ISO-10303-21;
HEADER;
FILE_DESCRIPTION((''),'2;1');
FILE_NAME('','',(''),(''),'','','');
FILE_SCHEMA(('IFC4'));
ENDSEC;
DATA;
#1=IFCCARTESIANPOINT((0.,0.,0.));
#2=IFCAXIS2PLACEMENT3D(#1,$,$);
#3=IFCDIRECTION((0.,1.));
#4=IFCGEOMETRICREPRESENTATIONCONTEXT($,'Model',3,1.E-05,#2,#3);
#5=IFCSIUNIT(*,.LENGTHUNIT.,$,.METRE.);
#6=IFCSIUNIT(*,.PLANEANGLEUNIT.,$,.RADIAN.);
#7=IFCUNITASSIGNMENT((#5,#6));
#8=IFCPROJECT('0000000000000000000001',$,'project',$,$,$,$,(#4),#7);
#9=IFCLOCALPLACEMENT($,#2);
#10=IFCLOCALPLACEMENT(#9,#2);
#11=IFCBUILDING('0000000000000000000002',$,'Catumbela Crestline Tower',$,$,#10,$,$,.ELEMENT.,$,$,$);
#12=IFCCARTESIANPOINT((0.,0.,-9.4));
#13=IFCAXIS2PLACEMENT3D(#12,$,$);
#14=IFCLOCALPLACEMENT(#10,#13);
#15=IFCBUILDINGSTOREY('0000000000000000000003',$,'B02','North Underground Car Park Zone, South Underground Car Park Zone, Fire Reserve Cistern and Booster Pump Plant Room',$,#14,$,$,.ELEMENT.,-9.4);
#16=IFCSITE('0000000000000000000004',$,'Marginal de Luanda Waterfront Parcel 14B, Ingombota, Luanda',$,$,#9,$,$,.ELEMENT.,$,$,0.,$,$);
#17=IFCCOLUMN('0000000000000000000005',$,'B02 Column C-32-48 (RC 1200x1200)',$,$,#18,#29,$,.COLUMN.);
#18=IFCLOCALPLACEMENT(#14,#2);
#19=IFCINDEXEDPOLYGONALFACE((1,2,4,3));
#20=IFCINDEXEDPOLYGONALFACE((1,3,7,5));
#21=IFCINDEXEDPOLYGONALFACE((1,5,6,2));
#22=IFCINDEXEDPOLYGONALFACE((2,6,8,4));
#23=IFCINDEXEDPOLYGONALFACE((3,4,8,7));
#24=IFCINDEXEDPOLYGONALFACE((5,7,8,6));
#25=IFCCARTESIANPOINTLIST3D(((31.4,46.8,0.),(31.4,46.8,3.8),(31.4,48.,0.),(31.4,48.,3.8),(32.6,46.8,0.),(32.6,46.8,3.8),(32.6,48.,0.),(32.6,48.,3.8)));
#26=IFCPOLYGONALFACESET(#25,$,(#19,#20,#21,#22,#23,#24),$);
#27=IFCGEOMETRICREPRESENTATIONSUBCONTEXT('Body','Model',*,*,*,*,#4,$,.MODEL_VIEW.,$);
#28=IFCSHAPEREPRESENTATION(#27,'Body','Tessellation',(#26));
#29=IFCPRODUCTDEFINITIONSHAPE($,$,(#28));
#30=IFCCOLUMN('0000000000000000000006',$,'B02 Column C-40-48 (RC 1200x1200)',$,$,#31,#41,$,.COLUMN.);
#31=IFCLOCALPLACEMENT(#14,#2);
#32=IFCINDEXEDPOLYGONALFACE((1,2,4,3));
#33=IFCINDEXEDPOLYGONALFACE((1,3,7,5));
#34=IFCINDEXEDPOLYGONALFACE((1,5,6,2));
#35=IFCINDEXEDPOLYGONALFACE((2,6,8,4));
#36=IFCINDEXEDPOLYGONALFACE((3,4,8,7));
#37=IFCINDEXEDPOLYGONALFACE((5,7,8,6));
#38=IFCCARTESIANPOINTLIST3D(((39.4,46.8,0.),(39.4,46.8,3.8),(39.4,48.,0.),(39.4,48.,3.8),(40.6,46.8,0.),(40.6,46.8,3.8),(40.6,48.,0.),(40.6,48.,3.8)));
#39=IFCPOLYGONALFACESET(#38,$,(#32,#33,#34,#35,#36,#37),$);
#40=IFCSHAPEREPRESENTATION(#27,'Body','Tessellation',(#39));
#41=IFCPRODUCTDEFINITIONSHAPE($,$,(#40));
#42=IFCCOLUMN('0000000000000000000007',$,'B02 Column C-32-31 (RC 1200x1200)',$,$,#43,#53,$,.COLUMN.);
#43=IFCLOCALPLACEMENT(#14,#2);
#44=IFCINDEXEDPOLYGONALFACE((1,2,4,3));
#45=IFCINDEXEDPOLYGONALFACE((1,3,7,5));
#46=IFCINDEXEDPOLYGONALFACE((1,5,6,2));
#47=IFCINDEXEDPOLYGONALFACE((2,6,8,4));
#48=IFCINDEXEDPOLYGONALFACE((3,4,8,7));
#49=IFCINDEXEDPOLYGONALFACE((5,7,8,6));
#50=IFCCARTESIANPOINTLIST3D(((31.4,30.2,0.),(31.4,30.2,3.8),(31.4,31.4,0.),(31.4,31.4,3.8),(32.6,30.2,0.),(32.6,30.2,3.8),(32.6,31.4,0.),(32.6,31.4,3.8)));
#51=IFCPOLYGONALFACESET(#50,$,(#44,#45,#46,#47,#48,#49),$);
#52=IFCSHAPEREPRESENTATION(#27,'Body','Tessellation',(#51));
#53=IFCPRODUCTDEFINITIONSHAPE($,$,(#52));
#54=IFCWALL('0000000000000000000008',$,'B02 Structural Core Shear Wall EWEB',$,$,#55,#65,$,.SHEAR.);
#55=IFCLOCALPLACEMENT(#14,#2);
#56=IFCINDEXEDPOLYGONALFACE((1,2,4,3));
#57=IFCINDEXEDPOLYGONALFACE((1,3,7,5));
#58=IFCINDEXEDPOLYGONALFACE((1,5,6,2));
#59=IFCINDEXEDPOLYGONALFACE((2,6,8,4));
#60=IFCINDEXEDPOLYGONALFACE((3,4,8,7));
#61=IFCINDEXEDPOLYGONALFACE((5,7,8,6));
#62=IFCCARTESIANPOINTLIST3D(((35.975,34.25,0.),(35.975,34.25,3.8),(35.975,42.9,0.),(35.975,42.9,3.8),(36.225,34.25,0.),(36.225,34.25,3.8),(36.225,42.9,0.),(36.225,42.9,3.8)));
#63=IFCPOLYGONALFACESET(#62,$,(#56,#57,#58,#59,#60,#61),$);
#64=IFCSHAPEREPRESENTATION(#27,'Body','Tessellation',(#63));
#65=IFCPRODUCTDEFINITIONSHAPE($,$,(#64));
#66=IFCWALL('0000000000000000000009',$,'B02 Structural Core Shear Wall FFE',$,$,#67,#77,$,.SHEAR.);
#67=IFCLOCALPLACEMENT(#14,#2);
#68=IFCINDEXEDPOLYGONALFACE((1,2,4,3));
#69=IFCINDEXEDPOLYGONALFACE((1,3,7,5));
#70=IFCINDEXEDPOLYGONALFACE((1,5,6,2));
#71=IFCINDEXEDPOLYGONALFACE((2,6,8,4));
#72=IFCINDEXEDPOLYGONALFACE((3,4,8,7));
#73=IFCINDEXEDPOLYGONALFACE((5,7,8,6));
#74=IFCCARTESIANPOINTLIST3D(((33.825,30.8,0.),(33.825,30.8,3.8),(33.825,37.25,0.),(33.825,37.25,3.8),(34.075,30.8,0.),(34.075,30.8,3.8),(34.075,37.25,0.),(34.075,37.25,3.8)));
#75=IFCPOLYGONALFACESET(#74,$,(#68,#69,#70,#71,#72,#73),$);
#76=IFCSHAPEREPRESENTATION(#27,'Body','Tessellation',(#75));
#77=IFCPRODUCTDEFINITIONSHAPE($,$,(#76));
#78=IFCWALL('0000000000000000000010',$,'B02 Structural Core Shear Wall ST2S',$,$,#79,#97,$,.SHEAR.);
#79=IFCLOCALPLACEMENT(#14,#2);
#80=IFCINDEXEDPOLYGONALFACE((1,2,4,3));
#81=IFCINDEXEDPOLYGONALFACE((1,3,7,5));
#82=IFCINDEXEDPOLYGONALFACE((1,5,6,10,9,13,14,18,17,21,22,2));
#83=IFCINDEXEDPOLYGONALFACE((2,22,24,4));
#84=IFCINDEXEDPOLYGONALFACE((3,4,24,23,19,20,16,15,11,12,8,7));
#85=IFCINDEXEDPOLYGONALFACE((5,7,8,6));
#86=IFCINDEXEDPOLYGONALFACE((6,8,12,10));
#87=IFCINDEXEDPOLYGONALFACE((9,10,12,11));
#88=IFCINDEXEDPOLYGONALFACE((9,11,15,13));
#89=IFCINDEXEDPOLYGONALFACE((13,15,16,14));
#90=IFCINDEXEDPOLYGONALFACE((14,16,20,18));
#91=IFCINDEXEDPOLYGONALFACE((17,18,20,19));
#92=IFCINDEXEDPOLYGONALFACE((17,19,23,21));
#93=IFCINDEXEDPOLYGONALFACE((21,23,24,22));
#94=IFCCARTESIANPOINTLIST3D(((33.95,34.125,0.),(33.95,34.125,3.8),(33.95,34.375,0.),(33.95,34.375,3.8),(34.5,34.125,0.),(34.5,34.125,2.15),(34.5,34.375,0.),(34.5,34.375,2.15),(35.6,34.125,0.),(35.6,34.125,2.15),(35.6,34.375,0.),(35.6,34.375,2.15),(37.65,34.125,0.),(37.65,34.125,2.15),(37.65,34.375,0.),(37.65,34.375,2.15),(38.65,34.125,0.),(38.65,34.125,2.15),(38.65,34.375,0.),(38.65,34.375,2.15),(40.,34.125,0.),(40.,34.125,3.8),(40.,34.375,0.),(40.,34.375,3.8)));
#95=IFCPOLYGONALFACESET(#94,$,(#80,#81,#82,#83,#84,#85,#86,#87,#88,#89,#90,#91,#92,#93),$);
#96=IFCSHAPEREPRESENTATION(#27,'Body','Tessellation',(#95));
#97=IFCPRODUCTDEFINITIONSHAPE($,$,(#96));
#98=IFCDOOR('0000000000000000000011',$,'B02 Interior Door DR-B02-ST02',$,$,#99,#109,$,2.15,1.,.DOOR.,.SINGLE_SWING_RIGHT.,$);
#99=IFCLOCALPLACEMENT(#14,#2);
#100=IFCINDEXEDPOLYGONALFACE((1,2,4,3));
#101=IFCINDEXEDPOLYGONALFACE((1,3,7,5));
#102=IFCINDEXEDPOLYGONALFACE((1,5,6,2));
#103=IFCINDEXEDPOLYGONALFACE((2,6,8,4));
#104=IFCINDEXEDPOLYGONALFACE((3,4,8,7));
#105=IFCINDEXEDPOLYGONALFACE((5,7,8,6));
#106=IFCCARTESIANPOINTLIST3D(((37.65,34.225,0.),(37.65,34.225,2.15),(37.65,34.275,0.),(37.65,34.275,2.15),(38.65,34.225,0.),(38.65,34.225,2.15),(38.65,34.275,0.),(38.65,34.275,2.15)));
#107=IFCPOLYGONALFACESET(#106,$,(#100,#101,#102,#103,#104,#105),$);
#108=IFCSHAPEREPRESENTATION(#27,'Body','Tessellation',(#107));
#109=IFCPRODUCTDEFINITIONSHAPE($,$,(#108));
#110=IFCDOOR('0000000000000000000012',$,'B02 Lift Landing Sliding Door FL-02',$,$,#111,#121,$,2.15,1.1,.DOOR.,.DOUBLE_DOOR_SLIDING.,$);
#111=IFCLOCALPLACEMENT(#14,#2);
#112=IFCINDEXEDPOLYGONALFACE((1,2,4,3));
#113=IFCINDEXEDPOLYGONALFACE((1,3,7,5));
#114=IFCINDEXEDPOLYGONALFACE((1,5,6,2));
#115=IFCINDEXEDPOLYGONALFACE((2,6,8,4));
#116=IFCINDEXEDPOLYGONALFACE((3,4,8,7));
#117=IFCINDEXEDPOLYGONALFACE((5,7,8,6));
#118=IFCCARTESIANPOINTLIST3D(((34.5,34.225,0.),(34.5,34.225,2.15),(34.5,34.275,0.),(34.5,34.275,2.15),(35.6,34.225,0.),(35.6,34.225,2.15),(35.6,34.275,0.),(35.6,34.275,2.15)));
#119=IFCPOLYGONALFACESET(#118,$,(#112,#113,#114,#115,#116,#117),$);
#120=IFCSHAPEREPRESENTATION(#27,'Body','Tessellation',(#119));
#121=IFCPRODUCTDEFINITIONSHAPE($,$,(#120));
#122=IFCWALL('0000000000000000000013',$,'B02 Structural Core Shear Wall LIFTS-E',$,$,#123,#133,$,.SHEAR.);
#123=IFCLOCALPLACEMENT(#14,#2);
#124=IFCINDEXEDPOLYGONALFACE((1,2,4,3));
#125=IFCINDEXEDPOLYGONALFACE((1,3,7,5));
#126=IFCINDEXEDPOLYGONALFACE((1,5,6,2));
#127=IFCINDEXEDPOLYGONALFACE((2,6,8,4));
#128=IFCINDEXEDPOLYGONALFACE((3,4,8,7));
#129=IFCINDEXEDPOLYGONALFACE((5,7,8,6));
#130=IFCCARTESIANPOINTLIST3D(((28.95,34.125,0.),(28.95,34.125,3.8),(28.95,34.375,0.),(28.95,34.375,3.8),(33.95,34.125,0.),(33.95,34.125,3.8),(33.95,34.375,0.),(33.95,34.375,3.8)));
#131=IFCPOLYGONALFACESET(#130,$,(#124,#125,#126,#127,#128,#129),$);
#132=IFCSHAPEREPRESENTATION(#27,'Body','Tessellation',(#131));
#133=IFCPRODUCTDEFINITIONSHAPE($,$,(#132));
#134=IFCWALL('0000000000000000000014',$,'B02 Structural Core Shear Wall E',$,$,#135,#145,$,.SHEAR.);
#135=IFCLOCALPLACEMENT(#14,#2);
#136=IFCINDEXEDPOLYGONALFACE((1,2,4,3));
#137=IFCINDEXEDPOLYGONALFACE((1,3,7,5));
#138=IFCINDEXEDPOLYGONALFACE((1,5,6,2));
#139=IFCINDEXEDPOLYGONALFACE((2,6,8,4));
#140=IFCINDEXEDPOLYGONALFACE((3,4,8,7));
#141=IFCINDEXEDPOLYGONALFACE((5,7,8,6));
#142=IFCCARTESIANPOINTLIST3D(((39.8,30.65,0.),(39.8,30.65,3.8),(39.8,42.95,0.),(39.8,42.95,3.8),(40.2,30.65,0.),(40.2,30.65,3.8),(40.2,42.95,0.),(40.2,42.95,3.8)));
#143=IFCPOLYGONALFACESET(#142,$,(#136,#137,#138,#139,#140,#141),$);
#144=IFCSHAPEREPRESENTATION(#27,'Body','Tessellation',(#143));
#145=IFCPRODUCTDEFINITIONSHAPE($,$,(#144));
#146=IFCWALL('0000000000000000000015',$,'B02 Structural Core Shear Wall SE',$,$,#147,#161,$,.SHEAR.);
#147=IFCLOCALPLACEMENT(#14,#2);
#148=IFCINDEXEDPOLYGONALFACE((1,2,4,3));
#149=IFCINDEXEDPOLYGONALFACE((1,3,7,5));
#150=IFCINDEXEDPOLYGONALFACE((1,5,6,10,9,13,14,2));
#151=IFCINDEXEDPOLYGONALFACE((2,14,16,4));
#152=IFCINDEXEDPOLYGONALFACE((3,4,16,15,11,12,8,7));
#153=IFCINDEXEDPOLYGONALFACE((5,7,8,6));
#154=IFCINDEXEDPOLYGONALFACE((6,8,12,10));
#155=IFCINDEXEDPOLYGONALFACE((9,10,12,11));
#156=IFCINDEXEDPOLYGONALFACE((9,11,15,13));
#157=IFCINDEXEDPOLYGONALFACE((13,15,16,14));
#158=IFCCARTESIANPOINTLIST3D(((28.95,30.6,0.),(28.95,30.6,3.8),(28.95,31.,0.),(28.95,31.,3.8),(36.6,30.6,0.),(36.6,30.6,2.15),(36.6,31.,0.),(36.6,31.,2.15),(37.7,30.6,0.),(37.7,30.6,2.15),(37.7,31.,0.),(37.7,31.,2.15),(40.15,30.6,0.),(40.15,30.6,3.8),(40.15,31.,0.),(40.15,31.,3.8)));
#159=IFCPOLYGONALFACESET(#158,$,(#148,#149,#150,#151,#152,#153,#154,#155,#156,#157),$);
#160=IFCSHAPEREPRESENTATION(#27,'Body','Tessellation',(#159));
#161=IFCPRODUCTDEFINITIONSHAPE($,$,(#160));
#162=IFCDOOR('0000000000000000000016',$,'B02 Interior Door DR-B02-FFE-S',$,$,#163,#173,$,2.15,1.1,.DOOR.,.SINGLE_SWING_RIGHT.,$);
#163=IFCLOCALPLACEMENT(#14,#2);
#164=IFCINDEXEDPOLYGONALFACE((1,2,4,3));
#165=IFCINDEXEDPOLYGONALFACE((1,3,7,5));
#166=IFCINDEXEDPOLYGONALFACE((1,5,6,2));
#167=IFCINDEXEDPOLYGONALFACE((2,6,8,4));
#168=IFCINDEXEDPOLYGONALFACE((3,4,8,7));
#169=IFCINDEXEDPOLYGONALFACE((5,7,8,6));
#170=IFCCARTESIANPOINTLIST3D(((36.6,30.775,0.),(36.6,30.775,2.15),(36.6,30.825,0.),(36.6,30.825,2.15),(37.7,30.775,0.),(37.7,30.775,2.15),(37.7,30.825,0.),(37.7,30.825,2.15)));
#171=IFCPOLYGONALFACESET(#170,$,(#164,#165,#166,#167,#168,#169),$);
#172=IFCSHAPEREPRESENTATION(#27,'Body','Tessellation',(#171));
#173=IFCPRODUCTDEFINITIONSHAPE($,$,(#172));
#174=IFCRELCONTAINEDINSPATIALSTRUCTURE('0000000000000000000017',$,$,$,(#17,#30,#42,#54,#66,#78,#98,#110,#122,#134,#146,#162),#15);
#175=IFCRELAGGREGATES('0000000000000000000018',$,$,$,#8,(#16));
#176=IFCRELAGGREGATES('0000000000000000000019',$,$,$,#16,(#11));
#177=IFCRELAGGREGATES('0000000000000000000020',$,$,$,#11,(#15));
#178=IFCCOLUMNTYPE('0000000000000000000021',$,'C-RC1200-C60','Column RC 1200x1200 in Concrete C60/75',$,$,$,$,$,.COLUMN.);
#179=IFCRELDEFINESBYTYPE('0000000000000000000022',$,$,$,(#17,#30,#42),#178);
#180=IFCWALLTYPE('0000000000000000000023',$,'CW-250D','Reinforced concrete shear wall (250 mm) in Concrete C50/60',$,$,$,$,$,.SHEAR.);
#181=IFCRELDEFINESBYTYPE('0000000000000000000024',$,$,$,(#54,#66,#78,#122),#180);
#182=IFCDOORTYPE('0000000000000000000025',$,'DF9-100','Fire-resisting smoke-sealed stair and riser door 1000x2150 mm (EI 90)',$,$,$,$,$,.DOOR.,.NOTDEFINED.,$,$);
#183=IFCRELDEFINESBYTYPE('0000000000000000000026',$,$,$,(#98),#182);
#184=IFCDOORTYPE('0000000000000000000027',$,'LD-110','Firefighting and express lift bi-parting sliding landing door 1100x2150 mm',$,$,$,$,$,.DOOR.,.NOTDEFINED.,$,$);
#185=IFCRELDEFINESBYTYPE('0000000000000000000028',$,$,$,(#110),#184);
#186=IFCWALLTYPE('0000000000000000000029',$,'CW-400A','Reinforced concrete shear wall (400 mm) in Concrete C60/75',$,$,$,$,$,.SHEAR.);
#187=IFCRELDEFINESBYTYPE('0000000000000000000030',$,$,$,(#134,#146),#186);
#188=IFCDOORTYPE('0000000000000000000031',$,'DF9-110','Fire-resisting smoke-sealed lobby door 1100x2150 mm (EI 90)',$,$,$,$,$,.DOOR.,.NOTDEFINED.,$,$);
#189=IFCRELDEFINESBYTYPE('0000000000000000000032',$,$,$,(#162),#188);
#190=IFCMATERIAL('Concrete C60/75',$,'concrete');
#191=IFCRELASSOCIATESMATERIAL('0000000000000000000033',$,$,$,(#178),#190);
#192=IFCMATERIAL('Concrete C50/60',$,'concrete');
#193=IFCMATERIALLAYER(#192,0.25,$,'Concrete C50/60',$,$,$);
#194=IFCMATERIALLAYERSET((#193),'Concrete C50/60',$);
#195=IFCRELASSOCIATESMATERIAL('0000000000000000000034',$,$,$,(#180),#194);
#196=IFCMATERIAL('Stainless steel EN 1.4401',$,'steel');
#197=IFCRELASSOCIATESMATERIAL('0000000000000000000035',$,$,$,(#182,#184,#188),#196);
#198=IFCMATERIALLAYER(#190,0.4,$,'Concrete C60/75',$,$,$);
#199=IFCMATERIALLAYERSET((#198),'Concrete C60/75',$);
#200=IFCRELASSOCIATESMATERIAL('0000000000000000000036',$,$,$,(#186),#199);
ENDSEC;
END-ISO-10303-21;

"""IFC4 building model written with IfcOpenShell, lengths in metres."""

from ifc_helpers import new_model, si_unit, direction, frame, frame_2d, origin, origin_2d, place, context, subcontext, project, spatial, rectangle, extrude, material, layer, layer_set, material_profile, profile_set, type_object, element, fill, save


model = new_model("IFC4")

# Units and contexts
model_context = context("Model", 3, precision=1e-05, world=origin(), true_north=direction((0.0, 1.0)))
body_context = subcontext(model_context, "Body", "Model", "MODEL_VIEW")
ifc_project = project(units=[si_unit("LENGTHUNIT", "METRE"), si_unit("PLANEANGLEUNIT", "RADIAN")], contexts=[model_context])

# Site, building, storey
site_placement = place(None, origin())
site = spatial("IfcSite", under=ifc_project, at=site_placement, Name="Marginal de Luanda Waterfront Parcel 14B, Ingombota, Luanda", CompositionType="ELEMENT", RefElevation=0.0)
building_placement = place(site_placement, origin())
building = spatial("IfcBuilding", under=site, at=building_placement, Name="Catumbela Crestline Tower", CompositionType="ELEMENT")
storey_placement = place(building_placement, frame((0.0, 0.0, -9.4)))
storey = spatial("IfcBuildingStorey", under=building, at=storey_placement, Name="B02", Description="North Underground Car Park Zone, South Underground Car Park Zone, Fire Reserve Cistern and Booster Pump Plant Room", CompositionType="ELEMENT", Elevation=-9.4)

# Columns
ifc_material_1 = material(Name="Concrete C60/75", Category="concrete")
ifc_material_profile = material_profile(ifc_material_1, rectangle(XDim=1.2, YDim=1.2, at=origin_2d()), Name="RC 1200x1200")
ifc_profile_set = profile_set([ifc_material_profile], Name="Concrete C60/75")
column_type = type_object("IfcColumnType", Name="C-RC1200-C60", Description="Column RC 1200x1200 in Concrete C60/75", PredefinedType="COLUMN", material=ifc_profile_set)
for number, where, z_axis, x_axis, name in (
    (1, (32.0, 47.4, 0.0), (0.0, 0.0, 1.0), (1.0, 0.0, 0.0), "B02 Column C-32-48 (RC 1200x1200)"),
    (2, (40.0, 47.4, 0.0), (0.0, 0.0, 1.0), (1.0, 0.0, 0.0), "B02 Column C-40-48 (RC 1200x1200)"),
    (3, (32.0, 30.8, 0.0), (0.0, 0.0, 1.0), (1.0, 0.0, 0.0), "B02 Column C-32-31 (RC 1200x1200)"),
):
    element("IfcColumn", number, at=place(storey_placement, frame(where, z_axis=z_axis, x_axis=x_axis)), inside=storey, type_object=column_type, Name=name, PredefinedType="COLUMN", context=body_context, shape_type="SweptSolid", body=[
        extrude(rectangle(XDim=1.2, YDim=1.2, at=origin_2d()), origin(), (0.0, 0.0, 1.0), 3.8),
    ])

# Walls
ifc_material_2 = material(Name="Concrete C50/60", Category="concrete")
ifc_layer_1 = layer(ifc_material_2, 0.25, Name="Concrete C50/60")
ifc_layer_set_1 = layer_set([ifc_layer_1], Name="Concrete C50/60")
wall_type_1 = type_object("IfcWallType", Name="CW-250D", Description="Reinforced concrete shear wall (250 mm) in Concrete C50/60", PredefinedType="SHEAR", material=ifc_layer_set_1)
wall_1_placement = place(storey_placement, frame((36.1, 34.25, 0.0), z_axis=(0.0, 0.0, 1.0), x_axis=(0.0, 1.0, 0.0)))
element("IfcWall", 4, at=wall_1_placement, inside=storey, type_object=wall_type_1, Name="B02 Structural Core Shear Wall EWEB", PredefinedType="SHEAR", context=body_context, shape_type="SweptSolid", body=[
    extrude(rectangle(XDim=8.65, YDim=0.25, at=frame_2d((4.325, 0.0))), origin(), (0.0, 0.0, 1.0), 3.8),
])
wall_2_placement = place(storey_placement, frame((33.95, 30.8, 0.0), z_axis=(0.0, 0.0, 1.0), x_axis=(0.0, 1.0, 0.0)))
element("IfcWall", 5, at=wall_2_placement, inside=storey, type_object=wall_type_1, Name="B02 Structural Core Shear Wall FFE", PredefinedType="SHEAR", context=body_context, shape_type="SweptSolid", body=[
    extrude(rectangle(XDim=6.45, YDim=0.25, at=frame_2d((3.225, 0.0))), origin(), (0.0, 0.0, 1.0), 3.8),
])

# Wall, openings, doors
wall_3_placement = place(storey_placement, frame((33.95, 34.25, 0.0), z_axis=(0.0, 0.0, 1.0), x_axis=(1.0, 0.0, 0.0)))
wall_3 = element("IfcWall", 6, at=wall_3_placement, inside=storey, type_object=wall_type_1, Name="B02 Structural Core Shear Wall ST2S", PredefinedType="SHEAR", context=body_context, shape_type="SweptSolid", body=[
    extrude(rectangle(XDim=6.05, YDim=0.25, at=frame_2d((3.025, 0.0))), origin(), (0.0, 0.0, 1.0), 3.8),
])
opening_1_placement = place(wall_3_placement, frame((3.7, 0.0, 0.0)))
opening_1 = element("IfcOpeningElement", 7, at=opening_1_placement, cuts=wall_3, PredefinedType="OPENING", context=body_context, shape_type="SweptSolid", body=[
    extrude(rectangle(XDim=1.0, YDim=2.15, at=frame_2d((0.5, 1.075))), frame((0.0, 0.135, 0.0), z_axis=(0.0, -1.0, 0.0), x_axis=(1.0, 0.0, 0.0)), (0.0, 0.0, 1.0), 0.27),
])
opening_2_placement = place(wall_3_placement, frame((0.55, 0.0, 0.0)))
opening_2 = element("IfcOpeningElement", 8, at=opening_2_placement, cuts=wall_3, PredefinedType="OPENING", context=body_context, shape_type="SweptSolid", body=[
    extrude(rectangle(XDim=1.1, YDim=2.15, at=frame_2d((0.55, 1.075))), frame((0.0, 0.135, 0.0), z_axis=(0.0, -1.0, 0.0), x_axis=(1.0, 0.0, 0.0)), (0.0, 0.0, 1.0), 0.27),
])
ifc_material_3 = material(Name="Stainless steel EN 1.4401", Category="steel")
door_type_1 = type_object("IfcDoorType", Name="DF9-100", Description="Fire-resisting smoke-sealed stair and riser door 1000x2150 mm (EI 90)", OperationType="NOTDEFINED", PredefinedType="DOOR", material=ifc_material_3)
door_1_placement = place(opening_1_placement, origin())
door_1 = element("IfcDoor", 9, at=door_1_placement, inside=storey, type_object=door_type_1, Name="B02 Interior Door DR-B02-ST02", OperationType="SINGLE_SWING_RIGHT", OverallHeight=2.15, OverallWidth=1.0, PredefinedType="DOOR", context=body_context, shape_type="SweptSolid", body=[
    extrude(rectangle(XDim=1.0, YDim=2.15, at=frame_2d((0.5, 1.075))), frame((0.0, 0.025, 0.0), z_axis=(0.0, -1.0, 0.0), x_axis=(1.0, 0.0, 0.0)), (0.0, 0.0, 1.0), 0.05),
])
fill(opening_1, door_1)
door_type_2 = type_object("IfcDoorType", Name="LD-110", Description="Firefighting and express lift bi-parting sliding landing door 1100x2150 mm", OperationType="NOTDEFINED", PredefinedType="DOOR", material=ifc_material_3)
door_2_placement = place(opening_2_placement, origin())
door_2 = element("IfcDoor", 10, at=door_2_placement, inside=storey, type_object=door_type_2, Name="B02 Lift Landing Sliding Door FL-02", OperationType="DOUBLE_DOOR_SLIDING", OverallHeight=2.15, OverallWidth=1.1, PredefinedType="DOOR", context=body_context, shape_type="SweptSolid", body=[
    extrude(rectangle(XDim=1.1, YDim=2.15, at=frame_2d((0.55, 1.075))), frame((0.0, 0.025, 0.0), z_axis=(0.0, -1.0, 0.0), x_axis=(1.0, 0.0, 0.0)), (0.0, 0.0, 1.0), 0.05),
])
fill(opening_2, door_2)

# Walls
wall_4_placement = place(storey_placement, frame((28.95, 34.25, 0.0), z_axis=(0.0, 0.0, 1.0), x_axis=(1.0, 0.0, 0.0)))
element("IfcWall", 11, at=wall_4_placement, inside=storey, type_object=wall_type_1, Name="B02 Structural Core Shear Wall LIFTS-E", PredefinedType="SHEAR", context=body_context, shape_type="SweptSolid", body=[
    extrude(rectangle(XDim=5.0, YDim=0.25, at=frame_2d((2.5, 0.0))), origin(), (0.0, 0.0, 1.0), 3.8),
])
ifc_layer_2 = layer(ifc_material_1, 0.4, Name="Concrete C60/75")
ifc_layer_set_2 = layer_set([ifc_layer_2], Name="Concrete C60/75")
wall_type_2 = type_object("IfcWallType", Name="CW-400A", Description="Reinforced concrete shear wall (400 mm) in Concrete C60/75", PredefinedType="SHEAR", material=ifc_layer_set_2)
wall_5_placement = place(storey_placement, frame((40.0, 30.65, 0.0), z_axis=(0.0, 0.0, 1.0), x_axis=(0.0, 1.0, 0.0)))
element("IfcWall", 12, at=wall_5_placement, inside=storey, type_object=wall_type_2, Name="B02 Structural Core Shear Wall E", PredefinedType="SHEAR", context=body_context, shape_type="SweptSolid", body=[
    extrude(rectangle(XDim=12.3, YDim=0.4, at=frame_2d((6.15, 0.0))), origin(), (0.0, 0.0, 1.0), 3.8),
])

# Wall, opening, door
wall_6_placement = place(storey_placement, frame((28.95, 30.8, 0.0), z_axis=(0.0, 0.0, 1.0), x_axis=(1.0, 0.0, 0.0)))
wall_6 = element("IfcWall", 13, at=wall_6_placement, inside=storey, type_object=wall_type_2, Name="B02 Structural Core Shear Wall SE", PredefinedType="SHEAR", context=body_context, shape_type="SweptSolid", body=[
    extrude(rectangle(XDim=11.2, YDim=0.4, at=frame_2d((5.6, 0.0))), origin(), (0.0, 0.0, 1.0), 3.8),
])
opening_3_placement = place(wall_6_placement, frame((7.65, 0.0, 0.0)))
opening_3 = element("IfcOpeningElement", 14, at=opening_3_placement, cuts=wall_6, PredefinedType="OPENING", context=body_context, shape_type="SweptSolid", body=[
    extrude(rectangle(XDim=1.1, YDim=2.15, at=frame_2d((0.55, 1.075))), frame((0.0, 0.21, 0.0), z_axis=(0.0, -1.0, 0.0), x_axis=(1.0, 0.0, 0.0)), (0.0, 0.0, 1.0), 0.42),
])
door_type_3 = type_object("IfcDoorType", Name="DF9-110", Description="Fire-resisting smoke-sealed lobby door 1100x2150 mm (EI 90)", OperationType="NOTDEFINED", PredefinedType="DOOR", material=ifc_material_3)
door_3_placement = place(opening_3_placement, origin())
door_3 = element("IfcDoor", 15, at=door_3_placement, inside=storey, type_object=door_type_3, Name="B02 Interior Door DR-B02-FFE-S", OperationType="SINGLE_SWING_RIGHT", OverallHeight=2.15, OverallWidth=1.1, PredefinedType="DOOR", context=body_context, shape_type="SweptSolid", body=[
    extrude(rectangle(XDim=1.1, YDim=2.15, at=frame_2d((0.55, 1.075))), frame((0.0, 0.025, 0.0), z_axis=(0.0, -1.0, 0.0), x_axis=(1.0, 0.0, 0.0)), (0.0, 0.0, 1.0), 0.05),
])
fill(opening_3, door_3)

save(model, "model.ifc")
